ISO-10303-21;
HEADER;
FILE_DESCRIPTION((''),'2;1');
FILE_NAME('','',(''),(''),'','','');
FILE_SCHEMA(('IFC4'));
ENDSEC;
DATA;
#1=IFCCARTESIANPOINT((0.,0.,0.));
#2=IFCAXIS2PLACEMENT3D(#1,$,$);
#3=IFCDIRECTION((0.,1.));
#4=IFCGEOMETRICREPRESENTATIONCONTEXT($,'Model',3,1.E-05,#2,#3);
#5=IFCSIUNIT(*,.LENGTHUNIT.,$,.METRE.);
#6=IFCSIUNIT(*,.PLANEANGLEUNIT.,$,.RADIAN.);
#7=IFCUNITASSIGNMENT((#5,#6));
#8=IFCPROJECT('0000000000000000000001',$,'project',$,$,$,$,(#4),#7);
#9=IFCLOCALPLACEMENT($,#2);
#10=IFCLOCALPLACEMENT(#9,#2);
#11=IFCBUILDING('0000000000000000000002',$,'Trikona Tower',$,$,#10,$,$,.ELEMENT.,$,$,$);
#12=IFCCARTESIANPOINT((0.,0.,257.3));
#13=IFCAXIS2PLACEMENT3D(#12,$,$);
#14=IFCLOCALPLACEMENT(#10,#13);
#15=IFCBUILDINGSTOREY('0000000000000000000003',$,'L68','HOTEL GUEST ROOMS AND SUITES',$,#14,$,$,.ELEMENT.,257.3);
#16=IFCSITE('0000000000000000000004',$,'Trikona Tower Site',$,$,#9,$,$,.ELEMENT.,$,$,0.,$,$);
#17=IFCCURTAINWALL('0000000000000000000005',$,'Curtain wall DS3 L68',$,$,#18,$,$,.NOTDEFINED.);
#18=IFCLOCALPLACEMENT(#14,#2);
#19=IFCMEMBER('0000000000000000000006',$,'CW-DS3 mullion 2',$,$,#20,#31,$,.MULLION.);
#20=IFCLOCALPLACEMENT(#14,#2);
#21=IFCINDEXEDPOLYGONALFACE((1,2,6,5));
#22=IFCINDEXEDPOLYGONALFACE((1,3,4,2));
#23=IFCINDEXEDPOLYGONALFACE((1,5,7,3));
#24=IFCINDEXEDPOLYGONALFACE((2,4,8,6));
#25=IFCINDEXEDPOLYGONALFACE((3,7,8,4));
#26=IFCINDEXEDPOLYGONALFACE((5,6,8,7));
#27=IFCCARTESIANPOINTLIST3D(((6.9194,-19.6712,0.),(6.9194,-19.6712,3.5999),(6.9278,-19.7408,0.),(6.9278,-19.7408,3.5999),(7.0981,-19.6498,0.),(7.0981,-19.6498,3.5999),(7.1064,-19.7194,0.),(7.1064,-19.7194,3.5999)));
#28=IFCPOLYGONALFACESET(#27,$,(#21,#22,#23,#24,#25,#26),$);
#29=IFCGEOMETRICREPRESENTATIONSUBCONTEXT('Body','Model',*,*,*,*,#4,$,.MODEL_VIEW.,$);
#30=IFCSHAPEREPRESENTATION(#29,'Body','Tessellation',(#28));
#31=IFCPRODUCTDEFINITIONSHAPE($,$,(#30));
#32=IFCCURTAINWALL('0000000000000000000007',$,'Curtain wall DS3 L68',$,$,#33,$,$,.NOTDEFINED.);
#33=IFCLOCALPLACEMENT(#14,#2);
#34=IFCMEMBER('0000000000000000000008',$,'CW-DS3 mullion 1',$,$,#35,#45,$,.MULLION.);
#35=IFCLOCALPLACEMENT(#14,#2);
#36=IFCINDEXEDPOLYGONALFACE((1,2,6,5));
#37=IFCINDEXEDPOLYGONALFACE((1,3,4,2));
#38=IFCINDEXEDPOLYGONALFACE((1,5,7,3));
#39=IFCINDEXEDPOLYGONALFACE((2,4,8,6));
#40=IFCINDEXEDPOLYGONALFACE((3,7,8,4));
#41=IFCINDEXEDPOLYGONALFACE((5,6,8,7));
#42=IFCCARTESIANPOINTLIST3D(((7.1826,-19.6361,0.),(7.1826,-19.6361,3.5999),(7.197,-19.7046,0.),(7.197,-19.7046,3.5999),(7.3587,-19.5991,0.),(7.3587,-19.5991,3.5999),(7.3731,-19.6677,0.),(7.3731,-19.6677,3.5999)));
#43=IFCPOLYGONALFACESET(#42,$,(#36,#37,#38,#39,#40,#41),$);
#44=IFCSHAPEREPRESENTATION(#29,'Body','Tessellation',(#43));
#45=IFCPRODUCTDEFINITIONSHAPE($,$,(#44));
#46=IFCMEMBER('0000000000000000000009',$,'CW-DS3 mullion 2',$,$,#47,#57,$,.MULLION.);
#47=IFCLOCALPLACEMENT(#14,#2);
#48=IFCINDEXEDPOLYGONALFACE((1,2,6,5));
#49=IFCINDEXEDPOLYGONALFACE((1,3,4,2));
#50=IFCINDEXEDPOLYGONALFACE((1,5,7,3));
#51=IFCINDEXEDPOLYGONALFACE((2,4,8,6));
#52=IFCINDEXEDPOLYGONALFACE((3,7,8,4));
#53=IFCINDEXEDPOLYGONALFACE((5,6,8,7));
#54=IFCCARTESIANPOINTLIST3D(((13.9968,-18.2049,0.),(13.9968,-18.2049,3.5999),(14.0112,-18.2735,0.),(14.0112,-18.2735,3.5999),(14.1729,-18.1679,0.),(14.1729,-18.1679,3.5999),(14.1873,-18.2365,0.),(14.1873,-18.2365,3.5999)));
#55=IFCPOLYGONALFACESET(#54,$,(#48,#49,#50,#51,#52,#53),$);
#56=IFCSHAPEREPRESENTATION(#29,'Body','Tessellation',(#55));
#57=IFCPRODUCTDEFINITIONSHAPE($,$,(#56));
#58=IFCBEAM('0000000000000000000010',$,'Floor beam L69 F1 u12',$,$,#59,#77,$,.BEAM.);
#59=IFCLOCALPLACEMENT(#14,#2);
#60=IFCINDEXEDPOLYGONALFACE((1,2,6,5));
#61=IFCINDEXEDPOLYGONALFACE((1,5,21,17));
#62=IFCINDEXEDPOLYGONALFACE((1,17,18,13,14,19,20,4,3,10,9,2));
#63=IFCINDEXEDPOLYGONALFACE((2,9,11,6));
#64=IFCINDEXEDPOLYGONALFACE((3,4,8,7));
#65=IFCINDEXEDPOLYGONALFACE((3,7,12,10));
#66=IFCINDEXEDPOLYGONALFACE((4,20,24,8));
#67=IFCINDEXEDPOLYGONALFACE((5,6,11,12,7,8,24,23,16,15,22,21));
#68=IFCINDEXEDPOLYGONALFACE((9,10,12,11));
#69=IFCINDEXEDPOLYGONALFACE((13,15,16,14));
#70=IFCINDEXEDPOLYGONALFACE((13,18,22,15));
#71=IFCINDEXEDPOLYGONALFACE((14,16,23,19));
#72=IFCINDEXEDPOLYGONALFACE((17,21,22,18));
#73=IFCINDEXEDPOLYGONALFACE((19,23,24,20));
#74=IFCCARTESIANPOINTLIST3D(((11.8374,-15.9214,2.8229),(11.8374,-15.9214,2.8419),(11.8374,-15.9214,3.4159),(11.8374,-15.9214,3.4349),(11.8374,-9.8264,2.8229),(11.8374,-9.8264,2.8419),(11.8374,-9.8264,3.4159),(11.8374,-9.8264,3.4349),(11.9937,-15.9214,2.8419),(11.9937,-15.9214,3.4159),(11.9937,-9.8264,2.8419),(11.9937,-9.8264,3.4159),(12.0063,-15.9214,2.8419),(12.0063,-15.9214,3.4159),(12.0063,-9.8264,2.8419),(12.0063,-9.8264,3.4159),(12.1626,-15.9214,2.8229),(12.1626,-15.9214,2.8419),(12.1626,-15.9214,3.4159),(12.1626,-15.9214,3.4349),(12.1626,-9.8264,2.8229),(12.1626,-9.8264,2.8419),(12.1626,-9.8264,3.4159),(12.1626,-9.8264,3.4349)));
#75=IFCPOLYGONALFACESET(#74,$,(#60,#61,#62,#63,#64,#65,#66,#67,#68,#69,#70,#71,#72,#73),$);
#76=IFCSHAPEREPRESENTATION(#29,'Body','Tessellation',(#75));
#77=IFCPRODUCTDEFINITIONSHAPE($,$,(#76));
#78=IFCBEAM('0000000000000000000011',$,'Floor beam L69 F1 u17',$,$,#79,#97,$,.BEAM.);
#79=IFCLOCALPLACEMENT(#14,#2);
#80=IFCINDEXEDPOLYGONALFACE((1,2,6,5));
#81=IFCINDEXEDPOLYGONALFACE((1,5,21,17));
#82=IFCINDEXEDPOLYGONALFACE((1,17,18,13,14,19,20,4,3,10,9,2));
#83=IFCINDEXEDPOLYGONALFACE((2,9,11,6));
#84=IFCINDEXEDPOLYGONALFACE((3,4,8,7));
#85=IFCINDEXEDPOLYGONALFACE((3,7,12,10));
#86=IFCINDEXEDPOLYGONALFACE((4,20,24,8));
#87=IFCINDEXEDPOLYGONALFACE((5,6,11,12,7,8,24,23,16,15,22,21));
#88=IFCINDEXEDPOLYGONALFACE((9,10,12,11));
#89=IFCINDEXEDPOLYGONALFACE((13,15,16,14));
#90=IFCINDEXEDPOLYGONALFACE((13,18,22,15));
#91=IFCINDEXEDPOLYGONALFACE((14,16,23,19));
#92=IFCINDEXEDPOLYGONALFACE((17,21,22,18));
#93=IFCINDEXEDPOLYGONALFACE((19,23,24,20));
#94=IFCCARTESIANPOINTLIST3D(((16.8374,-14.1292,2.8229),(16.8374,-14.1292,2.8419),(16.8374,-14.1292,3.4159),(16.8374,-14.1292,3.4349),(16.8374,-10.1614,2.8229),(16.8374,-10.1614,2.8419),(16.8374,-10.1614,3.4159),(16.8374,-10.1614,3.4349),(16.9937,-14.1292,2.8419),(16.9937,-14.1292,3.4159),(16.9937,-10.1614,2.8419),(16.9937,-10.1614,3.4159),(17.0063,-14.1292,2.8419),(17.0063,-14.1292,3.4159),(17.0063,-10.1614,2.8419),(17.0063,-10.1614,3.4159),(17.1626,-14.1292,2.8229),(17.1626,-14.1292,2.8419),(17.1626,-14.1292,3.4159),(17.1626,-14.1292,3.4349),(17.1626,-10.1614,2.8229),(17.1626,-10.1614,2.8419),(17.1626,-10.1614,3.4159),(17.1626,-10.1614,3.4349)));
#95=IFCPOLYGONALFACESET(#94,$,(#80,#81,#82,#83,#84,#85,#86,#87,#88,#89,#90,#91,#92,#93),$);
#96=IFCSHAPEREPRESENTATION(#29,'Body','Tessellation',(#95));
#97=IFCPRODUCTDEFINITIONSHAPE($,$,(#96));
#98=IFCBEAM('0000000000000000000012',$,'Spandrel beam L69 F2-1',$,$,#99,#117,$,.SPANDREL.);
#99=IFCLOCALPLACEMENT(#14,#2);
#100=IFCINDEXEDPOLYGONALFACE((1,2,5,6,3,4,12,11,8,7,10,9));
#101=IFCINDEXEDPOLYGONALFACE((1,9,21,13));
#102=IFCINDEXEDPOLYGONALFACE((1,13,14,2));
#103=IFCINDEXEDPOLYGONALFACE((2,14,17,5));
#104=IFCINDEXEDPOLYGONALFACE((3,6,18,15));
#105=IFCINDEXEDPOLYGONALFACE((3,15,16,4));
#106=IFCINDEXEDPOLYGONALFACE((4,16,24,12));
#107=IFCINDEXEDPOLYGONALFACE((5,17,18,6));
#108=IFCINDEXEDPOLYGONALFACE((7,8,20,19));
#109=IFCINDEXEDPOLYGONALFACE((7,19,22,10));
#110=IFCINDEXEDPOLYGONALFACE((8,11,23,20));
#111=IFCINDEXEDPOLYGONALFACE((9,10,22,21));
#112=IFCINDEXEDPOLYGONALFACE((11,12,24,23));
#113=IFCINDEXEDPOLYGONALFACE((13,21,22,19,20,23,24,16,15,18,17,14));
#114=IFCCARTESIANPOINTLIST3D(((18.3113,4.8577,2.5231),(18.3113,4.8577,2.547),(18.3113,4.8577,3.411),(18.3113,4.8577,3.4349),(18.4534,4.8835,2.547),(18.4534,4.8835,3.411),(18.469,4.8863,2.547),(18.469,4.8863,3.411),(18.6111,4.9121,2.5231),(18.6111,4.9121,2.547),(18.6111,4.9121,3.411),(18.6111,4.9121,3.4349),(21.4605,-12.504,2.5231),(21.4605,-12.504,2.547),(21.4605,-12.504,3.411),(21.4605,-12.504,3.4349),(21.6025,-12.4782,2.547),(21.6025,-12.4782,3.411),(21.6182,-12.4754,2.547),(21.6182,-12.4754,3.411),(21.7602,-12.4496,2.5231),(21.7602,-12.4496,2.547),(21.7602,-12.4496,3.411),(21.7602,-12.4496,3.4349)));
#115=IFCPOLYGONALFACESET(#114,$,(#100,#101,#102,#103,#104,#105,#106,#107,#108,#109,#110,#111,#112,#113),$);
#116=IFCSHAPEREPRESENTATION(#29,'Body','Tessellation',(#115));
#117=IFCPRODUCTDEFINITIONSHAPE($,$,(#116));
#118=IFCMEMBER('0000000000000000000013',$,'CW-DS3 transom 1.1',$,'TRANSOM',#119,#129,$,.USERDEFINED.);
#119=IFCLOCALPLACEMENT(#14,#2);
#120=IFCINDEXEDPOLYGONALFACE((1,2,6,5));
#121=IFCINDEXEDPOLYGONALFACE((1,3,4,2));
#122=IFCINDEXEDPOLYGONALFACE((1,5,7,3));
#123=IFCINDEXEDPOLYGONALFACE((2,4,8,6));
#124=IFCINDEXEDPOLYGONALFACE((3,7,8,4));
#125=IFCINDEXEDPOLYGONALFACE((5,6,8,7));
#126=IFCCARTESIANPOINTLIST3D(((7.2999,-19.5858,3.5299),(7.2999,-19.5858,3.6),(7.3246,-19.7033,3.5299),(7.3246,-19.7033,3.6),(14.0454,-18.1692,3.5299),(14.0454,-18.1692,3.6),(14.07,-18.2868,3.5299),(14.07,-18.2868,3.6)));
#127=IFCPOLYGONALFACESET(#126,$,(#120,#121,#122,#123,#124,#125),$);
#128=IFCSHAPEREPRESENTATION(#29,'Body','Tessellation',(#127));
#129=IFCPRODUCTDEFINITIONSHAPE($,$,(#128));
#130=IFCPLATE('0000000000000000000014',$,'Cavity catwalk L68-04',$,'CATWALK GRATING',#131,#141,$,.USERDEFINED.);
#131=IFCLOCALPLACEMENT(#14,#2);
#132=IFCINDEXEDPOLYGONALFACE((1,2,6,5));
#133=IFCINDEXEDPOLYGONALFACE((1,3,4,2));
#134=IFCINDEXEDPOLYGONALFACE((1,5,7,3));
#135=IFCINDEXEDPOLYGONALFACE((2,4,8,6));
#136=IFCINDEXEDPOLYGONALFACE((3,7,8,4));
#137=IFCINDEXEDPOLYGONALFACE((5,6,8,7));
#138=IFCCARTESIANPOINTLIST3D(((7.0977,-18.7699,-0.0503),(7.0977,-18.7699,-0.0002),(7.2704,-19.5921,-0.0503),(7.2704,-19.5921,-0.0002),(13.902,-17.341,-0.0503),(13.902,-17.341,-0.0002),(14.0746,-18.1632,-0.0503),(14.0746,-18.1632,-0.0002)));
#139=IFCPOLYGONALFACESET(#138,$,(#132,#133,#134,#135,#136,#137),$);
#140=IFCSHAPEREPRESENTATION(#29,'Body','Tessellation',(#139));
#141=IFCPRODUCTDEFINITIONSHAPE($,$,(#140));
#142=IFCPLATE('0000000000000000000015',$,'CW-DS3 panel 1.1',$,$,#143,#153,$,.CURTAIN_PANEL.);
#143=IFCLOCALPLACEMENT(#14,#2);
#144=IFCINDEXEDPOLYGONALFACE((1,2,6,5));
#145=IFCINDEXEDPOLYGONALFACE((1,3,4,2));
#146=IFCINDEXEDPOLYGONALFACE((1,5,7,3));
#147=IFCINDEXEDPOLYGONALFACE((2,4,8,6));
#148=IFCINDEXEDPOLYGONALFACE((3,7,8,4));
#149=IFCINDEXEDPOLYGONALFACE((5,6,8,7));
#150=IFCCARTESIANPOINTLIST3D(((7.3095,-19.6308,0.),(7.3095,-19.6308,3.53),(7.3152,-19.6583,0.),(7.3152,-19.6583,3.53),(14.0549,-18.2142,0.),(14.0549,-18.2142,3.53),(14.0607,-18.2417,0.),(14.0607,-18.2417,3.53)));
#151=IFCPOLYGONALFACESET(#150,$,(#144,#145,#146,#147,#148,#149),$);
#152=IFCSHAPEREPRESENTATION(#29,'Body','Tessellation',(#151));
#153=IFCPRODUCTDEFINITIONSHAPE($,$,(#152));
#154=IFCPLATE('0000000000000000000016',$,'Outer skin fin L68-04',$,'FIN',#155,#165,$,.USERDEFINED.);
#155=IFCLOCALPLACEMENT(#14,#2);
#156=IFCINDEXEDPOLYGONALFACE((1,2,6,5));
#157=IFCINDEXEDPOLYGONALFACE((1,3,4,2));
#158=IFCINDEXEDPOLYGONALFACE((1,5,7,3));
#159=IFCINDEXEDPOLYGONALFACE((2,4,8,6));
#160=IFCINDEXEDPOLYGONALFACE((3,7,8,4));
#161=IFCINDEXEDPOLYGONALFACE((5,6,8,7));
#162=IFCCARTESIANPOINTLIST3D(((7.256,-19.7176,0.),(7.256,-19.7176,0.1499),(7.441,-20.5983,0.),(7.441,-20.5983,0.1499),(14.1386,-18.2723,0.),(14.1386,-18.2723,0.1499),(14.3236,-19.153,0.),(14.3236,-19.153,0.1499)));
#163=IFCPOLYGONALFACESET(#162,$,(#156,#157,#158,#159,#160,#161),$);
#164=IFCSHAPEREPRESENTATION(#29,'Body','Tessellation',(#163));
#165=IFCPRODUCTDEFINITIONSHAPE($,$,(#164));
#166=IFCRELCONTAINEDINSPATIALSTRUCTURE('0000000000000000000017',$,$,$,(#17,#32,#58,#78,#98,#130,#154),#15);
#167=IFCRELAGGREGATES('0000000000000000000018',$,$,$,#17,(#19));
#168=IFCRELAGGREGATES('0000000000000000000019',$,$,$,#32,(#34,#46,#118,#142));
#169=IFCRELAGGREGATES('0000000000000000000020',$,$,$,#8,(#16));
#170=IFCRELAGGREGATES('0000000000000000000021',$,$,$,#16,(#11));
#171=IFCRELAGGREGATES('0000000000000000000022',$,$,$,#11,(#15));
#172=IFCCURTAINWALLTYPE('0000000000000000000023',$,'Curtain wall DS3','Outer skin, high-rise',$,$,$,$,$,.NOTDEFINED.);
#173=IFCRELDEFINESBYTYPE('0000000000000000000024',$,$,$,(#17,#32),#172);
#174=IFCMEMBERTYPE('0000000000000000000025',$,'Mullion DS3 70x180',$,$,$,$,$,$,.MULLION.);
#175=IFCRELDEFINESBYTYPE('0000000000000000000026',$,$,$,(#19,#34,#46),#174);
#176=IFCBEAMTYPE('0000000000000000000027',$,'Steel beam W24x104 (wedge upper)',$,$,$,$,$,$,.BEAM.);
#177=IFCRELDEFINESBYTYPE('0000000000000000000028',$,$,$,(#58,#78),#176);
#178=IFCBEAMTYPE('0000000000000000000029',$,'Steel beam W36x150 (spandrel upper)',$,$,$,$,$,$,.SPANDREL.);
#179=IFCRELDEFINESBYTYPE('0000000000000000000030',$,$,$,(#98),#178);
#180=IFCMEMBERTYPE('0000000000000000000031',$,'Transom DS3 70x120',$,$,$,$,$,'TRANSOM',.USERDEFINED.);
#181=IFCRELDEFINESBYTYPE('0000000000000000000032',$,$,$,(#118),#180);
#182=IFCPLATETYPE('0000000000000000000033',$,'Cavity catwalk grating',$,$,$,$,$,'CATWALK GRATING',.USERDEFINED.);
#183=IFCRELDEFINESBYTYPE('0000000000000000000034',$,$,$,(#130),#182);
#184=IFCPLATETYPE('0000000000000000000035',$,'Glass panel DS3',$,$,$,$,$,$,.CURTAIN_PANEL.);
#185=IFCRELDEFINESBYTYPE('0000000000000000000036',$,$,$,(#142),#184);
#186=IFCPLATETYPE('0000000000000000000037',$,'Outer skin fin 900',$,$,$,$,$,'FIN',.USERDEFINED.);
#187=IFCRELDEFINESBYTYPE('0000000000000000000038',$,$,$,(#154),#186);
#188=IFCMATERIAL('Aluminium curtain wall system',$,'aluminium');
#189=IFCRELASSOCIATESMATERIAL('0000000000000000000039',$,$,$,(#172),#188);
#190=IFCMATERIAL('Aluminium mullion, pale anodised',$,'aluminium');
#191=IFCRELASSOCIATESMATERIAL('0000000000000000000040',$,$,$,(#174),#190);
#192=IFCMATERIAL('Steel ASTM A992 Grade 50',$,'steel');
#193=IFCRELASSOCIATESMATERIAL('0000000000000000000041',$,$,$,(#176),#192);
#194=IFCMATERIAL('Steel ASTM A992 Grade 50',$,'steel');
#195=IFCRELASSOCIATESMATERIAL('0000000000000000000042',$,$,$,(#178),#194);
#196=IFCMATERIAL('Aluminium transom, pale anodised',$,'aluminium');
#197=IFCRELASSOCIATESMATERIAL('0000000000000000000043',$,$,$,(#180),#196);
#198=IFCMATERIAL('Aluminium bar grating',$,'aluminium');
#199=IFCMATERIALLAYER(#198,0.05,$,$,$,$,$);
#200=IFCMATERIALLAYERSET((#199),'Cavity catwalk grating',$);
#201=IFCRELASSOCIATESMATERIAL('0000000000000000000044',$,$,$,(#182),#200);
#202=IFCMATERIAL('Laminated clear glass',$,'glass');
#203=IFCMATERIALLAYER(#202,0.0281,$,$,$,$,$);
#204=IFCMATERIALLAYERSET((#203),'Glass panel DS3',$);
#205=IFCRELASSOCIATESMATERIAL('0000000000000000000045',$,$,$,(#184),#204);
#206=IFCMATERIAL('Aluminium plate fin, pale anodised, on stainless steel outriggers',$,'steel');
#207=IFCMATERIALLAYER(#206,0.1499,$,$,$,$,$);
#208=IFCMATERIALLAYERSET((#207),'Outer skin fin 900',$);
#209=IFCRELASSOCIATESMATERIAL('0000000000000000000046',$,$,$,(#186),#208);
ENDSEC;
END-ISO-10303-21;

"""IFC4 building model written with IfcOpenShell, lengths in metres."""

from ifc_helpers import new_model, si_unit, direction, frame, origin, origin_2d, place, context, subcontext, project, spatial, rectangle, i_section, extrude, material, layer, layer_set, material_profile, profile_set, type_object, element, aggregate, save


model = new_model("IFC4")

# Units and contexts
model_context = context("Model", 3, precision=1e-05, world=origin(), true_north=direction((0.0, 1.0)))
body_context = subcontext(model_context, "Body", "Model", "MODEL_VIEW")
ifc_project = project(units=[si_unit("LENGTHUNIT", "METRE"), si_unit("PLANEANGLEUNIT", "RADIAN")], contexts=[model_context])

# Site, building, storey
site_placement = place(None, origin())
site = spatial("IfcSite", under=ifc_project, at=site_placement, Name="Trikona Tower Site", CompositionType="ELEMENT", RefElevation=0.0)
building_placement = place(site_placement, origin())
building = spatial("IfcBuilding", under=site, at=building_placement, Name="Trikona Tower", CompositionType="ELEMENT")
storey_placement = place(building_placement, frame((0.0, 0.0, 257.3)))
storey = spatial("IfcBuildingStorey", under=building, at=storey_placement, Name="L68", Description="HOTEL GUEST ROOMS AND SUITES", CompositionType="ELEMENT", Elevation=257.3)

# Curtain wall, member
ifc_material_1 = material(Name="Aluminium curtain wall system", Category="aluminium")
curtain_wall_type = type_object("IfcCurtainWallType", Name="Curtain wall DS3", Description="Outer skin, high-rise", PredefinedType="NOTDEFINED", material=ifc_material_1)
curtain_wall_1_placement = place(storey_placement, origin())
curtain_wall_1 = element("IfcCurtainWall", 1, at=curtain_wall_1_placement, inside=storey, type_object=curtain_wall_type, Name="Curtain wall DS3 L68", PredefinedType="NOTDEFINED")
ifc_material_2 = material(Name="Aluminium mullion, pale anodised", Category="aluminium")
ifc_material_profile_1 = material_profile(ifc_material_2, rectangle(XDim=0.0701, YDim=0.1799, at=origin_2d()), Name="MUL-DS3")
ifc_profile_set_1 = profile_set([ifc_material_profile_1], Name="Aluminium mullion, pale anodised")
member_type_1 = type_object("IfcMemberType", Name="Mullion DS3 70x180", PredefinedType="MULLION", material=ifc_profile_set_1)
member_1_placement = place(storey_placement, frame((7.0129, -19.6953, 0.0), z_axis=(0.0, 0.0, 1.0), x_axis=(-0.119141, 0.992877, 0.0)))
member_1 = element("IfcMember", 2, at=member_1_placement, type_object=member_type_1, Name="CW-DS3 mullion 2", PredefinedType="MULLION", context=body_context, shape_type="SweptSolid", body=[
    extrude(rectangle(XDim=0.0701, YDim=0.1799, at=origin_2d()), origin(), (0.0, 0.0, 1.0), 3.5999),
])
aggregate(curtain_wall_1, [member_1])

# Curtain wall, members
curtain_wall_2_placement = place(storey_placement, origin())
curtain_wall_2 = element("IfcCurtainWall", 3, at=curtain_wall_2_placement, inside=storey, type_object=curtain_wall_type, Name="Curtain wall DS3 L68", PredefinedType="NOTDEFINED")
member_2_placement = place(storey_placement, frame((7.2778, -19.6519, 0.0), z_axis=(0.0, 0.0, 1.0), x_axis=(-0.205527, 0.978651, 0.0)))
member_2 = element("IfcMember", 4, at=member_2_placement, type_object=member_type_1, Name="CW-DS3 mullion 1", PredefinedType="MULLION", context=body_context, shape_type="SweptSolid", body=[
    extrude(rectangle(XDim=0.0701, YDim=0.1799, at=origin_2d()), origin(), (0.0, 0.0, 1.0), 3.5999),
])
member_3_placement = place(storey_placement, frame((14.092, -18.2207, 0.0), z_axis=(0.0, 0.0, 1.0), x_axis=(-0.205527, 0.978651, 0.0)))
member_3 = element("IfcMember", 5, at=member_3_placement, type_object=member_type_1, Name="CW-DS3 mullion 2", PredefinedType="MULLION", context=body_context, shape_type="SweptSolid", body=[
    extrude(rectangle(XDim=0.0701, YDim=0.1799, at=origin_2d()), origin(), (0.0, 0.0, 1.0), 3.5999),
])

# Beams
ifc_material_3 = material(Name="Steel ASTM A992 Grade 50", Category="steel")
ifc_material_profile_2 = material_profile(ifc_material_3, i_section(OverallWidth=0.3252, OverallDepth=0.6121, WebThickness=0.0127, FlangeThickness=0.019, at=origin_2d()), Name="W24X104")
ifc_profile_set_2 = profile_set([ifc_material_profile_2], Name="Steel ASTM A992 Grade 50")
beam_type_1 = type_object("IfcBeamType", Name="Steel beam W24x104 (wedge upper)", PredefinedType="BEAM", material=ifc_profile_set_2)
beam_1_placement = place(storey_placement, frame((12.0, -9.8264, 3.1289), z_axis=(0.0, -1.0, 0.0), x_axis=(1.0, 0.0, 0.0)))
element("IfcBeam", 6, at=beam_1_placement, inside=storey, type_object=beam_type_1, Name="Floor beam L69 F1 u12", PredefinedType="BEAM", context=body_context, shape_type="SweptSolid", body=[
    extrude(i_section(OverallWidth=0.3252, OverallDepth=0.6121, WebThickness=0.0127, FlangeThickness=0.019, at=origin_2d()), origin(), (0.0, 0.0, 1.0), 6.095),
])
beam_2_placement = place(storey_placement, frame((17.0, -10.1614, 3.1289), z_axis=(0.0, -1.0, 0.0), x_axis=(1.0, 0.0, 0.0)))
element("IfcBeam", 7, at=beam_2_placement, inside=storey, type_object=beam_type_1, Name="Floor beam L69 F1 u17", PredefinedType="BEAM", context=body_context, shape_type="SweptSolid", body=[
    extrude(i_section(OverallWidth=0.3252, OverallDepth=0.6121, WebThickness=0.0127, FlangeThickness=0.019, at=origin_2d()), origin(), (0.0, 0.0, 1.0), 3.9678),
])
ifc_material_4 = material(Name="Steel ASTM A992 Grade 50", Category="steel")
ifc_material_profile_3 = material_profile(ifc_material_4, i_section(OverallWidth=0.3047, OverallDepth=0.9119, WebThickness=0.0159, FlangeThickness=0.0239, at=origin_2d()), Name="W36X150")
ifc_profile_set_3 = profile_set([ifc_material_profile_3], Name="Steel ASTM A992 Grade 50")
beam_type_2 = type_object("IfcBeamType", Name="Steel beam W36x150 (spandrel upper)", PredefinedType="SPANDREL", material=ifc_profile_set_3)
beam_3_placement = place(storey_placement, frame((21.6104, -12.4768, 2.979), z_axis=(-0.178473, 0.983945, 0.0), x_axis=(-0.983945, -0.178473, 0.0)))
element("IfcBeam", 8, at=beam_3_placement, inside=storey, type_object=beam_type_2, Name="Spandrel beam L69 F2-1", PredefinedType="SPANDREL", context=body_context, shape_type="SweptSolid", body=[
    extrude(i_section(OverallWidth=0.3047, OverallDepth=0.9119, WebThickness=0.0159, FlangeThickness=0.0239, at=origin_2d()), origin(), (0.0, 0.0, 1.0), 17.645),
])

# Member
ifc_material_5 = material(Name="Aluminium transom, pale anodised", Category="aluminium")
ifc_material_profile_4 = material_profile(ifc_material_5, rectangle(XDim=0.1201, YDim=0.0701, at=origin_2d()), Name="TRN-DS3")
ifc_profile_set_4 = profile_set([ifc_material_profile_4], Name="Aluminium transom, pale anodised")
member_type_2 = type_object("IfcMemberType", Name="Transom DS3 70x120", ElementType="TRANSOM", PredefinedType="USERDEFINED", material=ifc_profile_set_4)
member_4_placement = place(storey_placement, frame((7.3123, -19.6445, 3.5649), z_axis=(0.978654, 0.205514, 0.0), x_axis=(-0.205514, 0.978654, 0.0)))
member_4 = element("IfcMember", 9, at=member_4_placement, type_object=member_type_2, Name="CW-DS3 transom 1.1", ObjectType="TRANSOM", PredefinedType="USERDEFINED", context=body_context, shape_type="SweptSolid", body=[
    extrude(rectangle(XDim=0.1201, YDim=0.0701, at=origin_2d()), origin(), (0.0, 0.0, 1.0), 6.8926),
])

# Plates
ifc_material_6 = material(Name="Aluminium bar grating", Category="aluminium")
ifc_layer_1 = layer(ifc_material_6, 0.05)
ifc_layer_set_1 = layer_set([ifc_layer_1], Name="Cavity catwalk grating")
plate_type_1 = type_object("IfcPlateType", Name="Cavity catwalk grating", ElementType="CATWALK GRATING", PredefinedType="USERDEFINED", material=ifc_layer_set_1)
plate_1_placement = place(storey_placement, frame((10.5862, -18.4666, -0.0503), z_axis=(0.0, 0.0, 1.0), x_axis=(0.978653, 0.205518, 0.0)))
element("IfcPlate", 10, at=plate_1_placement, inside=storey, type_object=plate_type_1, Name="Cavity catwalk L68-04", ObjectType="CATWALK GRATING", PredefinedType="USERDEFINED", context=body_context, shape_type="SweptSolid", body=[
    extrude(rectangle(XDim=6.9526, YDim=0.8401, at=origin_2d()), origin(), (0.0, 0.0, 1.0), 0.05),
])
ifc_material_7 = material(Name="Laminated clear glass", Category="glass")
ifc_layer_2 = layer(ifc_material_7, 0.0281)
ifc_layer_set_2 = layer_set([ifc_layer_2], Name="Glass panel DS3")
plate_type_2 = type_object("IfcPlateType", Name="Glass panel DS3", PredefinedType="CURTAIN_PANEL", material=ifc_layer_set_2)
plate_2_placement = place(storey_placement, frame((10.6851, -18.9363, 0.0), z_axis=(0.0, 0.0, 1.0), x_axis=(0.978651, 0.205527, 0.0)))
plate_2 = element("IfcPlate", 11, at=plate_2_placement, type_object=plate_type_2, Name="CW-DS3 panel 1.1", PredefinedType="CURTAIN_PANEL", context=body_context, shape_type="SweptSolid", body=[
    extrude(rectangle(XDim=6.8926, YDim=0.0281, at=origin_2d()), origin(), (0.0, 0.0, 1.0), 3.53),
])
aggregate(curtain_wall_2, [member_2, member_3, member_4, plate_2])
ifc_material_8 = material(Name="Aluminium plate fin, pale anodised, on stainless steel outriggers", Category="steel")
ifc_layer_3 = layer(ifc_material_8, 0.1499)
ifc_layer_set_3 = layer_set([ifc_layer_3], Name="Outer skin fin 900")
plate_type_3 = type_object("IfcPlateType", Name="Outer skin fin 900", ElementType="FIN", PredefinedType="USERDEFINED", material=ifc_layer_set_3)
plate_3_placement = place(storey_placement, frame((10.7898, -19.4353, 0.0), z_axis=(0.0, 0.0, 1.0), x_axis=(0.978653, 0.205518, 0.0)))
element("IfcPlate", 12, at=plate_3_placement, inside=storey, type_object=plate_type_3, Name="Outer skin fin L68-04", ObjectType="FIN", PredefinedType="USERDEFINED", context=body_context, shape_type="SweptSolid", body=[
    extrude(rectangle(XDim=7.0327, YDim=0.8999, at=origin_2d()), origin(), (0.0, 0.0, 1.0), 0.1499),
])

save(model, "model.ifc")
